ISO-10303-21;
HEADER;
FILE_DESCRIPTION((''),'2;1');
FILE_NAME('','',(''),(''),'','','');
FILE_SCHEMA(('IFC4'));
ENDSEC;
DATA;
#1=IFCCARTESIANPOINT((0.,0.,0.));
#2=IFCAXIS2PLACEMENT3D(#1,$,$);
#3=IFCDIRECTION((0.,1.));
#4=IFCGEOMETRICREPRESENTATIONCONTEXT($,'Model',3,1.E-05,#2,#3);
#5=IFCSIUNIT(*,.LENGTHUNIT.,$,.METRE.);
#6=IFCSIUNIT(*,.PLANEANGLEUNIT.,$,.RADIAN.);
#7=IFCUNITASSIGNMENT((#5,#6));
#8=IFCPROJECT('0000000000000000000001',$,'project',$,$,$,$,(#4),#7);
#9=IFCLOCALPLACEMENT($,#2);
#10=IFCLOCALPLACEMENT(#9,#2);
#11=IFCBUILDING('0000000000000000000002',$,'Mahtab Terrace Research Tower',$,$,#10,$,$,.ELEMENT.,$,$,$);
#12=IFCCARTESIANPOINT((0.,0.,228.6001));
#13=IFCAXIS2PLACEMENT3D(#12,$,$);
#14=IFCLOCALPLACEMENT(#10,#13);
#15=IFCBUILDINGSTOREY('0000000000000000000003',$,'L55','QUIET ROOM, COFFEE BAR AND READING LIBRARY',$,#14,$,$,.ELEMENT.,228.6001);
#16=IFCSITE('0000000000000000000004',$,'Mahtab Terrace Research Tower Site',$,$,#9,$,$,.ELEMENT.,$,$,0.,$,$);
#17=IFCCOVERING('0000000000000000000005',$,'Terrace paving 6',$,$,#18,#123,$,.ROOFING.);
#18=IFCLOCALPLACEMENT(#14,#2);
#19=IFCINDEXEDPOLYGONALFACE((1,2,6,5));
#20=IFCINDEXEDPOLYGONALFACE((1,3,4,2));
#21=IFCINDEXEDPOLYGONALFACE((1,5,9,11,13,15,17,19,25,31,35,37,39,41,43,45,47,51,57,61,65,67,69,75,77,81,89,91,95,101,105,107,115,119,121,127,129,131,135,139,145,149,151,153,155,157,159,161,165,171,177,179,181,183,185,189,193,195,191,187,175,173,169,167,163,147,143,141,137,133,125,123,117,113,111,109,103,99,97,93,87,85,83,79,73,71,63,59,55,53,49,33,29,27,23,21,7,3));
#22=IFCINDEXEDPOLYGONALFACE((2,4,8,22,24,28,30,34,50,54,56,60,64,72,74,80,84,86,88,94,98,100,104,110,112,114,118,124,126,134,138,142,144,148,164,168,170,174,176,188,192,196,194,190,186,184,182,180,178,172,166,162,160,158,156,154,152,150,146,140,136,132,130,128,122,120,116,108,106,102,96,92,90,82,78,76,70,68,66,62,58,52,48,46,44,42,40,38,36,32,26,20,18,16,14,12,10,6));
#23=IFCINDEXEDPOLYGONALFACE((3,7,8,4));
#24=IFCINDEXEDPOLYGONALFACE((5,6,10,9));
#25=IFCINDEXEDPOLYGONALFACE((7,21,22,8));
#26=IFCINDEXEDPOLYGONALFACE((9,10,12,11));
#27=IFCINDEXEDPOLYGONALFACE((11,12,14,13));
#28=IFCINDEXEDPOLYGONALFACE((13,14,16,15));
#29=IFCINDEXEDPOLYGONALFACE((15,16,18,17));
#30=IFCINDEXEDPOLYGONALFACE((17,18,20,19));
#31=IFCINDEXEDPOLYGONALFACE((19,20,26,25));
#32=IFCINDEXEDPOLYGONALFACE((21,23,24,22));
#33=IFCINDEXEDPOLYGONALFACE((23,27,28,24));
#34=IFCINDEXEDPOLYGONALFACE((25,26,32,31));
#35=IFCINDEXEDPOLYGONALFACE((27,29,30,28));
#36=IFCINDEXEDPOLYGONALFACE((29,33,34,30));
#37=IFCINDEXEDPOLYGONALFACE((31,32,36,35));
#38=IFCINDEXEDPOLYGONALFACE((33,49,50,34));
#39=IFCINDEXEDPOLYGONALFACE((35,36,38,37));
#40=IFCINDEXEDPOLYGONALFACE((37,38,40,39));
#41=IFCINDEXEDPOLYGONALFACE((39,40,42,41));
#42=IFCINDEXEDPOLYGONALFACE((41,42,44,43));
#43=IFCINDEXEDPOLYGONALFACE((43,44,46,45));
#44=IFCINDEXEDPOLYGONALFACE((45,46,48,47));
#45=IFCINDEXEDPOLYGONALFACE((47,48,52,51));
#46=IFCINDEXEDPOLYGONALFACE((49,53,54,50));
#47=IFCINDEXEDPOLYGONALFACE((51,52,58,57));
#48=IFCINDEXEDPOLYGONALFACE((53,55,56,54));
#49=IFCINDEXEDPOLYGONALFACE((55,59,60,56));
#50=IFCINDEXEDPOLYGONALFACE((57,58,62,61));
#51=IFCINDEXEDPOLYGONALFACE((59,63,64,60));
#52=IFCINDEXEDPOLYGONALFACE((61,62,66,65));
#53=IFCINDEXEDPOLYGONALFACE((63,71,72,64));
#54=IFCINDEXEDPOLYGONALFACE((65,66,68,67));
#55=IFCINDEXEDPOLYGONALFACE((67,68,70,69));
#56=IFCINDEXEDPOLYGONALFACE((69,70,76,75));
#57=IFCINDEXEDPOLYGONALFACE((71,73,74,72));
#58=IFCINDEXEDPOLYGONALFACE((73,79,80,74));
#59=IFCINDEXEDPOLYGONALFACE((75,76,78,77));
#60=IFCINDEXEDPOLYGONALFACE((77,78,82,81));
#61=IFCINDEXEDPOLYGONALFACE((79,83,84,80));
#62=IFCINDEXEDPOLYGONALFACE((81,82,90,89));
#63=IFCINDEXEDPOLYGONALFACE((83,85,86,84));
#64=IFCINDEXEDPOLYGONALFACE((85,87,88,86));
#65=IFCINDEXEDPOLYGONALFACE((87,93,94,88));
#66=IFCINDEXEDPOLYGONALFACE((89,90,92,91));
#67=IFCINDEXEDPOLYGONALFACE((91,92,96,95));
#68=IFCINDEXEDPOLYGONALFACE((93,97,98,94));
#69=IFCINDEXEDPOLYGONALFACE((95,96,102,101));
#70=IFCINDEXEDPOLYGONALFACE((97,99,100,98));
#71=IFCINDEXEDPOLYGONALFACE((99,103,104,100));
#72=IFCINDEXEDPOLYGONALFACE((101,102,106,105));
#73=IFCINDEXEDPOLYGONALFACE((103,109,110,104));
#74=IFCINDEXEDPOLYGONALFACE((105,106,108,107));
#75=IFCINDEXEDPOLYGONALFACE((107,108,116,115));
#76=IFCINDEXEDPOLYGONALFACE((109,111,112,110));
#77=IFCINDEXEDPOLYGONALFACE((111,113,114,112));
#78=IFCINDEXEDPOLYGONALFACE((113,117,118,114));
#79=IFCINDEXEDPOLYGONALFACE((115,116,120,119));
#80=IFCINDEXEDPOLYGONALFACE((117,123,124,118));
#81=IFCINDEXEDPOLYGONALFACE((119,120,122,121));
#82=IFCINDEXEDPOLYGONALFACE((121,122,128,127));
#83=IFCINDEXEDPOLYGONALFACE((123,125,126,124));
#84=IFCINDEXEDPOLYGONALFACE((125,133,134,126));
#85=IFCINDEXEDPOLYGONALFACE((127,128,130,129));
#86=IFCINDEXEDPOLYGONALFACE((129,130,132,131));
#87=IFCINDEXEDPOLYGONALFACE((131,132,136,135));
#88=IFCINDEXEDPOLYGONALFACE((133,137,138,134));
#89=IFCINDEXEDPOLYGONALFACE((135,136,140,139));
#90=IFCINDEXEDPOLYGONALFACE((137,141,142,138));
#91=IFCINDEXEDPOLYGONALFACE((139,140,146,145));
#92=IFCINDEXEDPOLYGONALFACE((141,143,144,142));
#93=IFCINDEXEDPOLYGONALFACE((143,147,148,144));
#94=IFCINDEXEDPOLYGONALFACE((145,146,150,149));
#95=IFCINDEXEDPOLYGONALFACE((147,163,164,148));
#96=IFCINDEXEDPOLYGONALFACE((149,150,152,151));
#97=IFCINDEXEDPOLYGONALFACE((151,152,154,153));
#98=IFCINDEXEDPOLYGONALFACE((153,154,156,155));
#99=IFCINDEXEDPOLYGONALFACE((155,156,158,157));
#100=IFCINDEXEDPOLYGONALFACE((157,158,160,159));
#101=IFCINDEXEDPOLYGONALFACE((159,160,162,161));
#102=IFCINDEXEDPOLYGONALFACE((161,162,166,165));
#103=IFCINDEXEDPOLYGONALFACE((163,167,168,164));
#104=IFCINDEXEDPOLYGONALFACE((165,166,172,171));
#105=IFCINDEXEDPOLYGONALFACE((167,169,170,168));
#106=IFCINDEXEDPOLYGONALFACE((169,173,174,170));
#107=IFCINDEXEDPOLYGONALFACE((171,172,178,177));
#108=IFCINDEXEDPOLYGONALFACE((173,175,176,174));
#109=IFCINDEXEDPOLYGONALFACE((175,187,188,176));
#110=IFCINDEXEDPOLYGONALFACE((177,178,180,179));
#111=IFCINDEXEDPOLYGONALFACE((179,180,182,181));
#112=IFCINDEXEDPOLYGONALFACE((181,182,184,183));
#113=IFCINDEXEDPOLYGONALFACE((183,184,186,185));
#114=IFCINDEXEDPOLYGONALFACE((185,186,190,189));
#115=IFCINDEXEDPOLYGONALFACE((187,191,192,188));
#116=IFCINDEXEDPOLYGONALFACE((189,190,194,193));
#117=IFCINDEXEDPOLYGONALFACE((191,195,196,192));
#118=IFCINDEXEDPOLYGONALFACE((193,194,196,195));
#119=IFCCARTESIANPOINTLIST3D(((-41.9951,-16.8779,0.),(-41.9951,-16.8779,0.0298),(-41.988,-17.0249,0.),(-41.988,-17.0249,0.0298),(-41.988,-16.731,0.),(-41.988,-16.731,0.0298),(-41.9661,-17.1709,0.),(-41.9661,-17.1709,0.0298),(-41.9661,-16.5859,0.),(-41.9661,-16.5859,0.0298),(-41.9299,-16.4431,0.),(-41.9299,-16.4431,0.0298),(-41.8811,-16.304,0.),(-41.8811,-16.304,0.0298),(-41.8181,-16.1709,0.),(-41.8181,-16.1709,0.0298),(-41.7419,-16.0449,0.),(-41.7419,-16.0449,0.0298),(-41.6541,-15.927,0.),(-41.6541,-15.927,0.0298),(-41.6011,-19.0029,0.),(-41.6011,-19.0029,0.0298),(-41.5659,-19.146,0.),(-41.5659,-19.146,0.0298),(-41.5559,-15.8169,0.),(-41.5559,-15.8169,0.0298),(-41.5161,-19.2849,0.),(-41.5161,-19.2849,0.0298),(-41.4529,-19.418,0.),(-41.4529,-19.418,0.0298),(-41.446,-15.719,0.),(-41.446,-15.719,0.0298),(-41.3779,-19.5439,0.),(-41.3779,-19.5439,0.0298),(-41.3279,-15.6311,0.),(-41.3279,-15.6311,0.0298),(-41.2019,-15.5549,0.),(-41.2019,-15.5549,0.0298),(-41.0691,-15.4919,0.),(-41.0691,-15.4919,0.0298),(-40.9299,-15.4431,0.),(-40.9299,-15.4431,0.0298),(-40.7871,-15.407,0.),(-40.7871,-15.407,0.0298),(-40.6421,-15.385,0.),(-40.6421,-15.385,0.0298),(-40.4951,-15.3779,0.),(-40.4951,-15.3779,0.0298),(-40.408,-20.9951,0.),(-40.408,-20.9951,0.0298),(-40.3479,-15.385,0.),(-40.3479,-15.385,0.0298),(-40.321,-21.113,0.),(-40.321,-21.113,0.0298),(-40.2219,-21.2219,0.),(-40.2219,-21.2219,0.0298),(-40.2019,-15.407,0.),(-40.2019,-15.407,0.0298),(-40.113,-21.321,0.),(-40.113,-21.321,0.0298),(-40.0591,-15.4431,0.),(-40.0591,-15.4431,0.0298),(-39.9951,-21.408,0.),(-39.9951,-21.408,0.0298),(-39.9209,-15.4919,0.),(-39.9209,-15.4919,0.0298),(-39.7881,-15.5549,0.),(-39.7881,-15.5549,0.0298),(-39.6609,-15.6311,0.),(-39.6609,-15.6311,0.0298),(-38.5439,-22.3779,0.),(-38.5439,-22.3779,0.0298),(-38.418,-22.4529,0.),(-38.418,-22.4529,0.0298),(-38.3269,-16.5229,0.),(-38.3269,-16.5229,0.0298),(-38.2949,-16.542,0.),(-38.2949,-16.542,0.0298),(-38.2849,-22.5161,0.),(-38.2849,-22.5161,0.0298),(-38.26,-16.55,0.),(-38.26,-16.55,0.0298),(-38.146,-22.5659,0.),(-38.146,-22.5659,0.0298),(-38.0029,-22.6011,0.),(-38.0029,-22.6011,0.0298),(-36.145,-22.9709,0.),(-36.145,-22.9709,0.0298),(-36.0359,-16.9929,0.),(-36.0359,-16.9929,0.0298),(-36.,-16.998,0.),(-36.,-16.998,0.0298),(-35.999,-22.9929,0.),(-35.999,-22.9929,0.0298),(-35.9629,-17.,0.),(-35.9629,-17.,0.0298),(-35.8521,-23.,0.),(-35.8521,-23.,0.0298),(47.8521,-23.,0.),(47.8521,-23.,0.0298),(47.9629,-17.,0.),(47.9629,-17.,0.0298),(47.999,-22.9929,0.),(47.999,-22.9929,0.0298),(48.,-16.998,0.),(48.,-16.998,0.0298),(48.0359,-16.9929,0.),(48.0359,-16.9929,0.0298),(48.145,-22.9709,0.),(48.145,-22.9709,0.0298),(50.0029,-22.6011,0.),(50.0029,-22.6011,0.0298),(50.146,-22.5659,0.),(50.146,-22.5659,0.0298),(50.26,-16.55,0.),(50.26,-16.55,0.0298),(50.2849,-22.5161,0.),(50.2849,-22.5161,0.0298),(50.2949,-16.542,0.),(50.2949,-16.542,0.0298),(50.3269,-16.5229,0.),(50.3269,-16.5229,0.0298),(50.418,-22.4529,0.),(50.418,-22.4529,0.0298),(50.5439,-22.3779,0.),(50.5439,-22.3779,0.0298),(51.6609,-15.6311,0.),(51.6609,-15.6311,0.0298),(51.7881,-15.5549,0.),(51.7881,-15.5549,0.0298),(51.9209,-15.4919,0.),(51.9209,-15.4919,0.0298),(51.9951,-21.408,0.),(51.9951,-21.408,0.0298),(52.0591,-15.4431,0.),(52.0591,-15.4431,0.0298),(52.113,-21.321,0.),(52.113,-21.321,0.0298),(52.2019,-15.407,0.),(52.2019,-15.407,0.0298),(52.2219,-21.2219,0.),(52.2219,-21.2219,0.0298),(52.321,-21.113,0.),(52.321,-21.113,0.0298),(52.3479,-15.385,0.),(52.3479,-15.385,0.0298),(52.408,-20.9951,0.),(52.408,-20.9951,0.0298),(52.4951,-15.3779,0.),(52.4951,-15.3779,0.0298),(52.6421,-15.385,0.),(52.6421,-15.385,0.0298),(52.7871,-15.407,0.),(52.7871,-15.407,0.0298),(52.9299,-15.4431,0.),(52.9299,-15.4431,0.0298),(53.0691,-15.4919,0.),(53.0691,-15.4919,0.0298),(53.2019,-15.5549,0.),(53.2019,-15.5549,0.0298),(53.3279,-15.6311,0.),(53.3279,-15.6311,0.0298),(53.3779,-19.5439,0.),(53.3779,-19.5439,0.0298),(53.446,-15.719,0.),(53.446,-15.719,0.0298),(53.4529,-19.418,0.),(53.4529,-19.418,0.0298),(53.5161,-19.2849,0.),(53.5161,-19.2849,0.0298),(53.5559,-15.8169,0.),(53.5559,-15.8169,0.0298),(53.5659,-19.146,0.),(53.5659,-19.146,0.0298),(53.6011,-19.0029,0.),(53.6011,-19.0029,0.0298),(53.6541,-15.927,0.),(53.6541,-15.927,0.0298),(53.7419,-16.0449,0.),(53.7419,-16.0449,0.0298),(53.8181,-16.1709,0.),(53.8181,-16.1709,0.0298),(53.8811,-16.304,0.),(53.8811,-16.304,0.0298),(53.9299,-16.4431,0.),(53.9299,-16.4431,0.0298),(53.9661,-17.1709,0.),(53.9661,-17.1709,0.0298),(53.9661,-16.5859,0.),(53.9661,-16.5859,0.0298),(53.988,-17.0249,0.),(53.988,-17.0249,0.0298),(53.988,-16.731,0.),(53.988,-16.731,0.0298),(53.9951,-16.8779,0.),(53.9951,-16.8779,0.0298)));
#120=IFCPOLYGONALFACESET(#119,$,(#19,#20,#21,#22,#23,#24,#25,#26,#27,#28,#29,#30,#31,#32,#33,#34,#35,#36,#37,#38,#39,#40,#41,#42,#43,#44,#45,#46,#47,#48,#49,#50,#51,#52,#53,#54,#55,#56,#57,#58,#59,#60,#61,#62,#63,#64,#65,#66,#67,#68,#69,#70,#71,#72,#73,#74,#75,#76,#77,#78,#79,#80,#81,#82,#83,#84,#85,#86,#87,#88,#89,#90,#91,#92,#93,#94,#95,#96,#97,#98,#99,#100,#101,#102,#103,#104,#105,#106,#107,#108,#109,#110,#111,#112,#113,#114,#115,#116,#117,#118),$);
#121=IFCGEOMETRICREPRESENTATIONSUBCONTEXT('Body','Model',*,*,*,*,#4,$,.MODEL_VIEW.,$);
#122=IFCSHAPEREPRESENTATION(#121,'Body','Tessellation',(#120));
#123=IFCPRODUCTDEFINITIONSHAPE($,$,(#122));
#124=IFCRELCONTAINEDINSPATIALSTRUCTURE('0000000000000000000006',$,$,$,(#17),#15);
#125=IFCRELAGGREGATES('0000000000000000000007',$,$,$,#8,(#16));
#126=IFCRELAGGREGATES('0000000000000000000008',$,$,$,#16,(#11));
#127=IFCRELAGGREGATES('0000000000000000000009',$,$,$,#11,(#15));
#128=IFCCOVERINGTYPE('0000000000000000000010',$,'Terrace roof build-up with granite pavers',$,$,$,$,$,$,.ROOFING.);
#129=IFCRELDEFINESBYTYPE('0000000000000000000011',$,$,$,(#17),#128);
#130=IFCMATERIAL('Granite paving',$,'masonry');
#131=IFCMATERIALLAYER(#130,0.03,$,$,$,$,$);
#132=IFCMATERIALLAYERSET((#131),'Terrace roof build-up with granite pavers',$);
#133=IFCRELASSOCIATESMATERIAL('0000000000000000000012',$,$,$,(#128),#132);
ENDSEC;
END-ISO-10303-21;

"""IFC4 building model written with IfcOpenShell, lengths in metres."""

from ifc_helpers import new_model, si_unit, direction, frame, origin, place, context, subcontext, project, spatial, polyline, outline, extrude, material, layer, layer_set, type_object, element, save


model = new_model("IFC4")

# Units and contexts
model_context = context("Model", 3, precision=1e-05, world=origin(), true_north=direction((0.0, 1.0)))
body_context = subcontext(model_context, "Body", "Model", "MODEL_VIEW")
ifc_project = project(units=[si_unit("LENGTHUNIT", "METRE"), si_unit("PLANEANGLEUNIT", "RADIAN")], contexts=[model_context])

# Site, building, storey
site_placement = place(None, origin())
site = spatial("IfcSite", under=ifc_project, at=site_placement, Name="Mahtab Terrace Research Tower Site", CompositionType="ELEMENT", RefElevation=0.0)
building_placement = place(site_placement, origin())
building = spatial("IfcBuilding", under=site, at=building_placement, Name="Mahtab Terrace Research Tower", CompositionType="ELEMENT")
storey_placement = place(building_placement, frame((0.0, 0.0, 228.6001)))
storey = spatial("IfcBuildingStorey", under=building, at=storey_placement, Name="L55", Description="QUIET ROOM, COFFEE BAR AND READING LIBRARY", CompositionType="ELEMENT", Elevation=228.6001)

# Covering
ifc_material_1 = material(Name="Granite paving", Category="masonry")
ifc_layer_1 = layer(ifc_material_1, 0.03)
ifc_layer_set_1 = layer_set([ifc_layer_1], Name="Terrace roof build-up with granite pavers")
covering_type_1 = type_object("IfcCoveringType", Name="Terrace roof build-up with granite pavers", PredefinedType="ROOFING", material=ifc_layer_set_1)
covering_1_placement = place(storey_placement, origin())
element("IfcCovering", 1, at=covering_1_placement, inside=storey, type_object=covering_type_1, Name="Terrace paving 6", PredefinedType="ROOFING", context=body_context, shape_type="SweptSolid", body=[
    extrude(outline(polyline([(-41.6011, -19.0029), (-41.5659, -19.146), (-41.5161, -19.2849), (-41.4529, -19.418), (-41.3779, -19.5439), (-40.408, -20.9951), (-40.321, -21.113), (-40.2219, -21.2219), (-40.113, -21.321), (-39.9951, -21.408), (-38.5439, -22.3779), (-38.418, -22.4529), (-38.2849, -22.5161), (-38.146, -22.5659), (-38.0029, -22.6011), (-36.145, -22.9709), (-35.999, -22.9929), (-35.8521, -23.0), (47.8521, -23.0), (47.999, -22.9929), (48.145, -22.9709), (50.0029, -22.6011), (50.146, -22.5659), (50.2849, -22.5161), (50.418, -22.4529), (50.5439, -22.3779), (51.9951, -21.408), (52.113, -21.321), (52.2219, -21.2219), (52.321, -21.113), (52.408, -20.9951), (53.3779, -19.5439), (53.4529, -19.418), (53.5161, -19.2849), (53.5659, -19.146), (53.6011, -19.0029), (53.9661, -17.1709), (53.988, -17.0249), (53.9951, -16.8779), (53.988, -16.731), (53.9661, -16.5859), (53.9299, -16.4431), (53.8811, -16.304), (53.8181, -16.1709), (53.7419, -16.0449), (53.6541, -15.927), (53.5559, -15.8169), (53.446, -15.719), (53.3279, -15.6311), (53.2019, -15.5549), (53.0691, -15.4919), (52.9299, -15.4431), (52.7871, -15.407), (52.6421, -15.385), (52.4951, -15.3779), (52.3479, -15.385), (52.2019, -15.407), (52.0591, -15.4431), (51.9209, -15.4919), (51.7881, -15.5549), (51.6609, -15.6311), (50.3269, -16.5229), (50.2949, -16.542), (50.26, -16.55), (48.0359, -16.9929), (48.0, -16.998), (47.9629, -17.0), (-35.9629, -17.0), (-36.0, -16.998), (-36.0359, -16.9929), (-38.26, -16.55), (-38.2949, -16.542), (-38.3269, -16.5229), (-39.6609, -15.6311), (-39.7881, -15.5549), (-39.9209, -15.4919), (-40.0591, -15.4431), (-40.2019, -15.407), (-40.3479, -15.385), (-40.4951, -15.3779), (-40.6421, -15.385), (-40.7871, -15.407), (-40.9299, -15.4431), (-41.0691, -15.4919), (-41.2019, -15.5549), (-41.3279, -15.6311), (-41.446, -15.719), (-41.5559, -15.8169), (-41.6541, -15.927), (-41.7419, -16.0449), (-41.8181, -16.1709), (-41.8811, -16.304), (-41.9299, -16.4431), (-41.9661, -16.5859), (-41.988, -16.731), (-41.9951, -16.8779), (-41.988, -17.0249), (-41.9661, -17.1709), (-41.6011, -19.0029)])), origin(), (0.0, 0.0, 1.0), 0.0298),
])

save(model, "model.ifc")
